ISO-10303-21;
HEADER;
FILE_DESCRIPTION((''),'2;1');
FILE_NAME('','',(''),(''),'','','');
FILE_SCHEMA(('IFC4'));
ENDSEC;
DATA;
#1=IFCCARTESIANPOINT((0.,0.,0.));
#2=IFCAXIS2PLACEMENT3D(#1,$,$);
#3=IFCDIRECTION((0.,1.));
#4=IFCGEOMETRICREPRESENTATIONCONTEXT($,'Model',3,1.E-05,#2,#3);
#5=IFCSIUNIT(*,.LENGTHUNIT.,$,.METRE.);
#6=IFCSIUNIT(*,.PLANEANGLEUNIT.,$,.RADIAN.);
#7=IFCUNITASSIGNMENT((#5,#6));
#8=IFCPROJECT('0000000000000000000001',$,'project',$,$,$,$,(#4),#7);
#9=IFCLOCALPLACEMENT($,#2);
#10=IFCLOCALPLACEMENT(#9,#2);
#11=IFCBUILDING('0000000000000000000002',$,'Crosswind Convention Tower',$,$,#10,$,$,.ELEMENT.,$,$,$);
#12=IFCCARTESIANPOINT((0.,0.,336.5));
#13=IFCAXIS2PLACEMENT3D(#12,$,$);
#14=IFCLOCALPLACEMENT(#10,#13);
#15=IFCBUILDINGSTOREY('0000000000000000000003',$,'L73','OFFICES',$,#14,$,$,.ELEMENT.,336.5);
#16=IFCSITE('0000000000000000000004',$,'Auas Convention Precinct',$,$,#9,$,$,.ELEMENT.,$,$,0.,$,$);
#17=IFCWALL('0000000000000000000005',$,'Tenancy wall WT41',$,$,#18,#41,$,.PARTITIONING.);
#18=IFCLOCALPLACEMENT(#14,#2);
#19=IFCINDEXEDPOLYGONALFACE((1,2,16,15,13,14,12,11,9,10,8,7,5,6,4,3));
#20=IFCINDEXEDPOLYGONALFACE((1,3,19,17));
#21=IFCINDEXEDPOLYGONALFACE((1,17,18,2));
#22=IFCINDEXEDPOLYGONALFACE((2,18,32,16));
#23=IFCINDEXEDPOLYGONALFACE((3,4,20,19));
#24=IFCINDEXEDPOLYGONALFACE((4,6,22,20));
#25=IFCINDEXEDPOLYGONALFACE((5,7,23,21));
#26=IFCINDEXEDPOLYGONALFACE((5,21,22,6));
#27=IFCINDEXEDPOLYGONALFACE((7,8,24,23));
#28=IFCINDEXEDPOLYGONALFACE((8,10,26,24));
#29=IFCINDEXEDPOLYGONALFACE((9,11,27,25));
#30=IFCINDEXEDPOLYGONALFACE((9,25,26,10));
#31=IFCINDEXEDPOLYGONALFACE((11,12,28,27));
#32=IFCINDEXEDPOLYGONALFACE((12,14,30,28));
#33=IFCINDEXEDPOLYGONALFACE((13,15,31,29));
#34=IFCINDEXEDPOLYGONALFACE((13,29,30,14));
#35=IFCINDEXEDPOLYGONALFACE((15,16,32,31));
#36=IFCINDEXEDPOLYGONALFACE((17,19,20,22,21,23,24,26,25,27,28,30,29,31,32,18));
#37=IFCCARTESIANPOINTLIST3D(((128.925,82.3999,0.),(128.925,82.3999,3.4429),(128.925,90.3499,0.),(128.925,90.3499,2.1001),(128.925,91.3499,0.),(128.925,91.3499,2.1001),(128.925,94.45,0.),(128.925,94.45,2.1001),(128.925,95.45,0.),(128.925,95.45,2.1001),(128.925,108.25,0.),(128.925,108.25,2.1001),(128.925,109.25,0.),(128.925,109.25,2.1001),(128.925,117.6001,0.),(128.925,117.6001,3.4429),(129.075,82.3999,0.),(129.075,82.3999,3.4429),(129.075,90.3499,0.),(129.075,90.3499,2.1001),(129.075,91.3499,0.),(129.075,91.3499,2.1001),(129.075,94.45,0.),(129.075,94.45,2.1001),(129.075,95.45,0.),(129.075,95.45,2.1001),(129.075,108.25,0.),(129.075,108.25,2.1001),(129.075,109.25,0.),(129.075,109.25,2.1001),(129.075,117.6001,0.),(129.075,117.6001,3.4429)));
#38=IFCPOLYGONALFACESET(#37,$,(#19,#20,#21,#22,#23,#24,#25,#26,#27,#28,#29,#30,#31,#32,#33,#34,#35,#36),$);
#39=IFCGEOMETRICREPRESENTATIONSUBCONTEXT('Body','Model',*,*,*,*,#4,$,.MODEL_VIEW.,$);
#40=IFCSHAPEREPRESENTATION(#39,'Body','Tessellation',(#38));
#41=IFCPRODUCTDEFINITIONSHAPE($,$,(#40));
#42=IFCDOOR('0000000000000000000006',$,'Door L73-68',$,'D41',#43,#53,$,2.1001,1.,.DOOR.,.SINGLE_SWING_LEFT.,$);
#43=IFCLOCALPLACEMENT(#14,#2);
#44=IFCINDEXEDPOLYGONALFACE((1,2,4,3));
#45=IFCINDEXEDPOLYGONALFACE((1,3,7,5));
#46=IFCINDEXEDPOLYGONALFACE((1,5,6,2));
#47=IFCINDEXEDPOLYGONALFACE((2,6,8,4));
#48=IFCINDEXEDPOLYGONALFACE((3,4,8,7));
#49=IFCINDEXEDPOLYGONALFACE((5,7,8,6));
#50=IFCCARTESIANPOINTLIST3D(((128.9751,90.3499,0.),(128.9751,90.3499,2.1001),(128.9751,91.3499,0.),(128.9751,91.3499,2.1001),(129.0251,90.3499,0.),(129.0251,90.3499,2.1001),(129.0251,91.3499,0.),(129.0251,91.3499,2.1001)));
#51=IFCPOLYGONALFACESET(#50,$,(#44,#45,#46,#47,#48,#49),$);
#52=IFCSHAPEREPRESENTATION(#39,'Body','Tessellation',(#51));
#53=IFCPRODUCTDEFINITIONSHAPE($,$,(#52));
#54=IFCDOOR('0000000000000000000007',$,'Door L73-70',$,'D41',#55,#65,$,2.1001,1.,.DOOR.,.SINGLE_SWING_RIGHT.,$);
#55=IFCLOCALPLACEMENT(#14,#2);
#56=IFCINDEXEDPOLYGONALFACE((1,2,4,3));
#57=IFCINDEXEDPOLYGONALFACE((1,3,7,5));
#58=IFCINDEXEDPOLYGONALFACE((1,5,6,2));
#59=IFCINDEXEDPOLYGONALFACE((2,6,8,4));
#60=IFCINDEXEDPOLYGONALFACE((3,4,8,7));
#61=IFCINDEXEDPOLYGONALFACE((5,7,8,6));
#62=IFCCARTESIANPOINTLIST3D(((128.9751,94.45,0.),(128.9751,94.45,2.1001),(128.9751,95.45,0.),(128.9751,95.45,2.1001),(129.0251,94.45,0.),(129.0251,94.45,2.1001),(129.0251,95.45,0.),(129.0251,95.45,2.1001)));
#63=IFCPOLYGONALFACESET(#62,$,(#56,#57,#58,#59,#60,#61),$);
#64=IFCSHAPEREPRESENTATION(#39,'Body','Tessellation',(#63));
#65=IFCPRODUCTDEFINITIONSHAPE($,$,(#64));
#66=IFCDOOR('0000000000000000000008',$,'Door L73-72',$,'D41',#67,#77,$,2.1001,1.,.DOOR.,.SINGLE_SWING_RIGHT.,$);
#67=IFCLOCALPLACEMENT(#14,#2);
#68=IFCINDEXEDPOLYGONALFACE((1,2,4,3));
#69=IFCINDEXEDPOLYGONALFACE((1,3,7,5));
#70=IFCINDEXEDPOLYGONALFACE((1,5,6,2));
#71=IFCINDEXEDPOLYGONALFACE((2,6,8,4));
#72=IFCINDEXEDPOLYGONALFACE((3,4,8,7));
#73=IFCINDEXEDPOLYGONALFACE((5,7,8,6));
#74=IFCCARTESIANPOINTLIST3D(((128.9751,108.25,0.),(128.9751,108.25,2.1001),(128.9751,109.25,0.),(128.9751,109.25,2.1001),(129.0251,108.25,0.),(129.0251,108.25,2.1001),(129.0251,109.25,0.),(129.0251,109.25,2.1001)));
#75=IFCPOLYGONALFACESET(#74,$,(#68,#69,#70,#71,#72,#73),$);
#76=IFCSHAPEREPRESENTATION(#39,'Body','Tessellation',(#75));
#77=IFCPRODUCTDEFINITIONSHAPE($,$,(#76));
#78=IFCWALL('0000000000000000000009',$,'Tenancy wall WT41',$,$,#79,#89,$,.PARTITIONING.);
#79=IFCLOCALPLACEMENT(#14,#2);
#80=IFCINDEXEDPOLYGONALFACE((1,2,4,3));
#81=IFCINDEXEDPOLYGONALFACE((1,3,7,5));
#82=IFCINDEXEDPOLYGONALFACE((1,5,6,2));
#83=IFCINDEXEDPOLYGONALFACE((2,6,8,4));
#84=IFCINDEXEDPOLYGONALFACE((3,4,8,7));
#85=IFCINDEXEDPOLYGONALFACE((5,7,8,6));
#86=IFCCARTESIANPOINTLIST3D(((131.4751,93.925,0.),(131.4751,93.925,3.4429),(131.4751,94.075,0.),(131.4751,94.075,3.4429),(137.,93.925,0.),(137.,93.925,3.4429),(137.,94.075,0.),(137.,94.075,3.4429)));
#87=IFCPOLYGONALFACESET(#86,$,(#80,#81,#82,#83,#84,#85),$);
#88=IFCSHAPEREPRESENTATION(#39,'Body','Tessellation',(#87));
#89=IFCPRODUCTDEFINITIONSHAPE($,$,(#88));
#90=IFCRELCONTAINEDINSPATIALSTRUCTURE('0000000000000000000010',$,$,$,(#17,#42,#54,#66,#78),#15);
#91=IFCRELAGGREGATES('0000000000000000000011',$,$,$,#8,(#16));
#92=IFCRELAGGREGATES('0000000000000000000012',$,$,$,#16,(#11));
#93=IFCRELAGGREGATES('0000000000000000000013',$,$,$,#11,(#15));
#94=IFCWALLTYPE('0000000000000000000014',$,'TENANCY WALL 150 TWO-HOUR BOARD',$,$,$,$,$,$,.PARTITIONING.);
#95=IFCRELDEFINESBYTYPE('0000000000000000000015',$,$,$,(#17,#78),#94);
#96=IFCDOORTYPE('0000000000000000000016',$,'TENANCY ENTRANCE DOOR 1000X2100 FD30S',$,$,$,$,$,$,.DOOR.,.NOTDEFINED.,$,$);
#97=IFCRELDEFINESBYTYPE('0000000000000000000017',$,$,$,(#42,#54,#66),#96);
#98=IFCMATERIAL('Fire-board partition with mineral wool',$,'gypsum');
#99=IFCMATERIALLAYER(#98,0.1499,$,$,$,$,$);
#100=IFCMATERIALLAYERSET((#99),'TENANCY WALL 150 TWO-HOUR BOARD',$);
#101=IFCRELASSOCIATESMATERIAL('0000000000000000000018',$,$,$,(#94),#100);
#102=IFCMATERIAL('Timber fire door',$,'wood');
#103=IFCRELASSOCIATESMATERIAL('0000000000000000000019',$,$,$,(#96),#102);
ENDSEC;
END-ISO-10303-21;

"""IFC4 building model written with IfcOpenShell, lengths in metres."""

from ifc_helpers import new_model, si_unit, direction, frame, frame_2d, origin, place, context, subcontext, project, spatial, rectangle, extrude, material, layer, layer_set, type_object, element, fill, save


model = new_model("IFC4")

# Units and contexts
model_context = context("Model", 3, precision=1e-05, world=origin(), true_north=direction((0.0, 1.0)))
body_context = subcontext(model_context, "Body", "Model", "MODEL_VIEW")
ifc_project = project(units=[si_unit("LENGTHUNIT", "METRE"), si_unit("PLANEANGLEUNIT", "RADIAN")], contexts=[model_context])

# Site, building, storey
site_placement = place(None, origin())
site = spatial("IfcSite", under=ifc_project, at=site_placement, Name="Auas Convention Precinct", CompositionType="ELEMENT", RefElevation=0.0)
building_placement = place(site_placement, origin())
building = spatial("IfcBuilding", under=site, at=building_placement, Name="Crosswind Convention Tower", CompositionType="ELEMENT")
storey_placement = place(building_placement, frame((0.0, 0.0, 336.5)))
storey = spatial("IfcBuildingStorey", under=building, at=storey_placement, Name="L73", Description="OFFICES", CompositionType="ELEMENT", Elevation=336.5)

# Shared definitions
ifc_material_1 = material(Name="Fire-board partition with mineral wool", Category="gypsum")
ifc_layer_1 = layer(ifc_material_1, 0.1499)
ifc_layer_set_1 = layer_set([ifc_layer_1], Name="TENANCY WALL 150 TWO-HOUR BOARD")
wall_type_1 = type_object("IfcWallType", Name="TENANCY WALL 150 TWO-HOUR BOARD", PredefinedType="PARTITIONING", material=ifc_layer_set_1)

# Wall, openings, doors
wall_1_placement = place(storey_placement, frame((129.0, 82.3999, 0.0), z_axis=(0.0, 0.0, 1.0), x_axis=(0.0, 1.0, 0.0)))
wall_1 = element("IfcWall", 1, at=wall_1_placement, inside=storey, type_object=wall_type_1, Name="Tenancy wall WT41", PredefinedType="PARTITIONING", context=body_context, shape_type="SweptSolid", body=[
    extrude(rectangle(XDim=35.2002, YDim=0.1499, at=frame_2d((17.6001, 0.0))), origin(), (0.0, 0.0, 1.0), 3.4429),
])
opening_1_placement = place(wall_1_placement, frame((7.95, 0.0, 0.0)))
opening_1 = element("IfcOpeningElement", 2, at=opening_1_placement, cuts=wall_1, PredefinedType="OPENING", context=body_context, shape_type="SweptSolid", body=[
    extrude(rectangle(XDim=1.0, YDim=2.1001, at=frame_2d((0.5, 1.05))), frame((0.0, 0.085, 0.0), z_axis=(0.0, -1.0, 0.0), x_axis=(1.0, 0.0, 0.0)), (0.0, 0.0, 1.0), 0.1699),
])
opening_2_placement = place(wall_1_placement, frame((12.05, 0.0, 0.0)))
opening_2 = element("IfcOpeningElement", 3, at=opening_2_placement, cuts=wall_1, PredefinedType="OPENING", context=body_context, shape_type="SweptSolid", body=[
    extrude(rectangle(XDim=1.0, YDim=2.1001, at=frame_2d((0.5, 1.05))), frame((0.0, 0.085, 0.0), z_axis=(0.0, -1.0, 0.0), x_axis=(1.0, 0.0, 0.0)), (0.0, 0.0, 1.0), 0.1699),
])
opening_3_placement = place(wall_1_placement, frame((25.8501, 0.0, 0.0)))
opening_3 = element("IfcOpeningElement", 4, at=opening_3_placement, cuts=wall_1, PredefinedType="OPENING", context=body_context, shape_type="SweptSolid", body=[
    extrude(rectangle(XDim=1.0, YDim=2.1001, at=frame_2d((0.5, 1.05))), frame((0.0, 0.085, 0.0), z_axis=(0.0, -1.0, 0.0), x_axis=(1.0, 0.0, 0.0)), (0.0, 0.0, 1.0), 0.1699),
])
ifc_material_2 = material(Name="Timber fire door", Category="wood")
door_type = type_object("IfcDoorType", Name="TENANCY ENTRANCE DOOR 1000X2100 FD30S", OperationType="NOTDEFINED", PredefinedType="DOOR", material=ifc_material_2)
door_1_placement = place(opening_1_placement, origin())
door_1 = element("IfcDoor", 5, at=door_1_placement, inside=storey, type_object=door_type, Name="Door L73-68", ObjectType="D41", OperationType="SINGLE_SWING_LEFT", OverallHeight=2.1001, OverallWidth=1.0, PredefinedType="DOOR", context=body_context, shape_type="SweptSolid", body=[
    extrude(rectangle(XDim=1.0, YDim=2.1001, at=frame_2d((0.5, 1.05))), frame((0.0, 0.0249, 0.0), z_axis=(0.0, -1.0, 0.0), x_axis=(1.0, 0.0, 0.0)), (0.0, 0.0, 1.0), 0.05),
])
fill(opening_1, door_1)
door_2_placement = place(opening_2_placement, origin())
door_2 = element("IfcDoor", 6, at=door_2_placement, inside=storey, type_object=door_type, Name="Door L73-70", ObjectType="D41", OperationType="SINGLE_SWING_RIGHT", OverallHeight=2.1001, OverallWidth=1.0, PredefinedType="DOOR", context=body_context, shape_type="SweptSolid", body=[
    extrude(rectangle(XDim=1.0, YDim=2.1001, at=frame_2d((0.5, 1.05))), frame((0.0, 0.0249, 0.0), z_axis=(0.0, -1.0, 0.0), x_axis=(1.0, 0.0, 0.0)), (0.0, 0.0, 1.0), 0.05),
])
fill(opening_2, door_2)
door_3_placement = place(opening_3_placement, origin())
door_3 = element("IfcDoor", 7, at=door_3_placement, inside=storey, type_object=door_type, Name="Door L73-72", ObjectType="D41", OperationType="SINGLE_SWING_RIGHT", OverallHeight=2.1001, OverallWidth=1.0, PredefinedType="DOOR", context=body_context, shape_type="SweptSolid", body=[
    extrude(rectangle(XDim=1.0, YDim=2.1001, at=frame_2d((0.5, 1.05))), frame((0.0, 0.0249, 0.0), z_axis=(0.0, -1.0, 0.0), x_axis=(1.0, 0.0, 0.0)), (0.0, 0.0, 1.0), 0.05),
])
fill(opening_3, door_3)

# Wall
wall_2_placement = place(storey_placement, frame((131.4751, 94.0, 0.0), z_axis=(0.0, 0.0, 1.0), x_axis=(1.0, 0.0, 0.0)))
element("IfcWall", 8, at=wall_2_placement, inside=storey, type_object=wall_type_1, Name="Tenancy wall WT41", PredefinedType="PARTITIONING", context=body_context, shape_type="SweptSolid", body=[
    extrude(rectangle(XDim=5.5249, YDim=0.1499, at=frame_2d((2.7625, 0.0))), origin(), (0.0, 0.0, 1.0), 3.4429),
])

save(model, "model.ifc")
